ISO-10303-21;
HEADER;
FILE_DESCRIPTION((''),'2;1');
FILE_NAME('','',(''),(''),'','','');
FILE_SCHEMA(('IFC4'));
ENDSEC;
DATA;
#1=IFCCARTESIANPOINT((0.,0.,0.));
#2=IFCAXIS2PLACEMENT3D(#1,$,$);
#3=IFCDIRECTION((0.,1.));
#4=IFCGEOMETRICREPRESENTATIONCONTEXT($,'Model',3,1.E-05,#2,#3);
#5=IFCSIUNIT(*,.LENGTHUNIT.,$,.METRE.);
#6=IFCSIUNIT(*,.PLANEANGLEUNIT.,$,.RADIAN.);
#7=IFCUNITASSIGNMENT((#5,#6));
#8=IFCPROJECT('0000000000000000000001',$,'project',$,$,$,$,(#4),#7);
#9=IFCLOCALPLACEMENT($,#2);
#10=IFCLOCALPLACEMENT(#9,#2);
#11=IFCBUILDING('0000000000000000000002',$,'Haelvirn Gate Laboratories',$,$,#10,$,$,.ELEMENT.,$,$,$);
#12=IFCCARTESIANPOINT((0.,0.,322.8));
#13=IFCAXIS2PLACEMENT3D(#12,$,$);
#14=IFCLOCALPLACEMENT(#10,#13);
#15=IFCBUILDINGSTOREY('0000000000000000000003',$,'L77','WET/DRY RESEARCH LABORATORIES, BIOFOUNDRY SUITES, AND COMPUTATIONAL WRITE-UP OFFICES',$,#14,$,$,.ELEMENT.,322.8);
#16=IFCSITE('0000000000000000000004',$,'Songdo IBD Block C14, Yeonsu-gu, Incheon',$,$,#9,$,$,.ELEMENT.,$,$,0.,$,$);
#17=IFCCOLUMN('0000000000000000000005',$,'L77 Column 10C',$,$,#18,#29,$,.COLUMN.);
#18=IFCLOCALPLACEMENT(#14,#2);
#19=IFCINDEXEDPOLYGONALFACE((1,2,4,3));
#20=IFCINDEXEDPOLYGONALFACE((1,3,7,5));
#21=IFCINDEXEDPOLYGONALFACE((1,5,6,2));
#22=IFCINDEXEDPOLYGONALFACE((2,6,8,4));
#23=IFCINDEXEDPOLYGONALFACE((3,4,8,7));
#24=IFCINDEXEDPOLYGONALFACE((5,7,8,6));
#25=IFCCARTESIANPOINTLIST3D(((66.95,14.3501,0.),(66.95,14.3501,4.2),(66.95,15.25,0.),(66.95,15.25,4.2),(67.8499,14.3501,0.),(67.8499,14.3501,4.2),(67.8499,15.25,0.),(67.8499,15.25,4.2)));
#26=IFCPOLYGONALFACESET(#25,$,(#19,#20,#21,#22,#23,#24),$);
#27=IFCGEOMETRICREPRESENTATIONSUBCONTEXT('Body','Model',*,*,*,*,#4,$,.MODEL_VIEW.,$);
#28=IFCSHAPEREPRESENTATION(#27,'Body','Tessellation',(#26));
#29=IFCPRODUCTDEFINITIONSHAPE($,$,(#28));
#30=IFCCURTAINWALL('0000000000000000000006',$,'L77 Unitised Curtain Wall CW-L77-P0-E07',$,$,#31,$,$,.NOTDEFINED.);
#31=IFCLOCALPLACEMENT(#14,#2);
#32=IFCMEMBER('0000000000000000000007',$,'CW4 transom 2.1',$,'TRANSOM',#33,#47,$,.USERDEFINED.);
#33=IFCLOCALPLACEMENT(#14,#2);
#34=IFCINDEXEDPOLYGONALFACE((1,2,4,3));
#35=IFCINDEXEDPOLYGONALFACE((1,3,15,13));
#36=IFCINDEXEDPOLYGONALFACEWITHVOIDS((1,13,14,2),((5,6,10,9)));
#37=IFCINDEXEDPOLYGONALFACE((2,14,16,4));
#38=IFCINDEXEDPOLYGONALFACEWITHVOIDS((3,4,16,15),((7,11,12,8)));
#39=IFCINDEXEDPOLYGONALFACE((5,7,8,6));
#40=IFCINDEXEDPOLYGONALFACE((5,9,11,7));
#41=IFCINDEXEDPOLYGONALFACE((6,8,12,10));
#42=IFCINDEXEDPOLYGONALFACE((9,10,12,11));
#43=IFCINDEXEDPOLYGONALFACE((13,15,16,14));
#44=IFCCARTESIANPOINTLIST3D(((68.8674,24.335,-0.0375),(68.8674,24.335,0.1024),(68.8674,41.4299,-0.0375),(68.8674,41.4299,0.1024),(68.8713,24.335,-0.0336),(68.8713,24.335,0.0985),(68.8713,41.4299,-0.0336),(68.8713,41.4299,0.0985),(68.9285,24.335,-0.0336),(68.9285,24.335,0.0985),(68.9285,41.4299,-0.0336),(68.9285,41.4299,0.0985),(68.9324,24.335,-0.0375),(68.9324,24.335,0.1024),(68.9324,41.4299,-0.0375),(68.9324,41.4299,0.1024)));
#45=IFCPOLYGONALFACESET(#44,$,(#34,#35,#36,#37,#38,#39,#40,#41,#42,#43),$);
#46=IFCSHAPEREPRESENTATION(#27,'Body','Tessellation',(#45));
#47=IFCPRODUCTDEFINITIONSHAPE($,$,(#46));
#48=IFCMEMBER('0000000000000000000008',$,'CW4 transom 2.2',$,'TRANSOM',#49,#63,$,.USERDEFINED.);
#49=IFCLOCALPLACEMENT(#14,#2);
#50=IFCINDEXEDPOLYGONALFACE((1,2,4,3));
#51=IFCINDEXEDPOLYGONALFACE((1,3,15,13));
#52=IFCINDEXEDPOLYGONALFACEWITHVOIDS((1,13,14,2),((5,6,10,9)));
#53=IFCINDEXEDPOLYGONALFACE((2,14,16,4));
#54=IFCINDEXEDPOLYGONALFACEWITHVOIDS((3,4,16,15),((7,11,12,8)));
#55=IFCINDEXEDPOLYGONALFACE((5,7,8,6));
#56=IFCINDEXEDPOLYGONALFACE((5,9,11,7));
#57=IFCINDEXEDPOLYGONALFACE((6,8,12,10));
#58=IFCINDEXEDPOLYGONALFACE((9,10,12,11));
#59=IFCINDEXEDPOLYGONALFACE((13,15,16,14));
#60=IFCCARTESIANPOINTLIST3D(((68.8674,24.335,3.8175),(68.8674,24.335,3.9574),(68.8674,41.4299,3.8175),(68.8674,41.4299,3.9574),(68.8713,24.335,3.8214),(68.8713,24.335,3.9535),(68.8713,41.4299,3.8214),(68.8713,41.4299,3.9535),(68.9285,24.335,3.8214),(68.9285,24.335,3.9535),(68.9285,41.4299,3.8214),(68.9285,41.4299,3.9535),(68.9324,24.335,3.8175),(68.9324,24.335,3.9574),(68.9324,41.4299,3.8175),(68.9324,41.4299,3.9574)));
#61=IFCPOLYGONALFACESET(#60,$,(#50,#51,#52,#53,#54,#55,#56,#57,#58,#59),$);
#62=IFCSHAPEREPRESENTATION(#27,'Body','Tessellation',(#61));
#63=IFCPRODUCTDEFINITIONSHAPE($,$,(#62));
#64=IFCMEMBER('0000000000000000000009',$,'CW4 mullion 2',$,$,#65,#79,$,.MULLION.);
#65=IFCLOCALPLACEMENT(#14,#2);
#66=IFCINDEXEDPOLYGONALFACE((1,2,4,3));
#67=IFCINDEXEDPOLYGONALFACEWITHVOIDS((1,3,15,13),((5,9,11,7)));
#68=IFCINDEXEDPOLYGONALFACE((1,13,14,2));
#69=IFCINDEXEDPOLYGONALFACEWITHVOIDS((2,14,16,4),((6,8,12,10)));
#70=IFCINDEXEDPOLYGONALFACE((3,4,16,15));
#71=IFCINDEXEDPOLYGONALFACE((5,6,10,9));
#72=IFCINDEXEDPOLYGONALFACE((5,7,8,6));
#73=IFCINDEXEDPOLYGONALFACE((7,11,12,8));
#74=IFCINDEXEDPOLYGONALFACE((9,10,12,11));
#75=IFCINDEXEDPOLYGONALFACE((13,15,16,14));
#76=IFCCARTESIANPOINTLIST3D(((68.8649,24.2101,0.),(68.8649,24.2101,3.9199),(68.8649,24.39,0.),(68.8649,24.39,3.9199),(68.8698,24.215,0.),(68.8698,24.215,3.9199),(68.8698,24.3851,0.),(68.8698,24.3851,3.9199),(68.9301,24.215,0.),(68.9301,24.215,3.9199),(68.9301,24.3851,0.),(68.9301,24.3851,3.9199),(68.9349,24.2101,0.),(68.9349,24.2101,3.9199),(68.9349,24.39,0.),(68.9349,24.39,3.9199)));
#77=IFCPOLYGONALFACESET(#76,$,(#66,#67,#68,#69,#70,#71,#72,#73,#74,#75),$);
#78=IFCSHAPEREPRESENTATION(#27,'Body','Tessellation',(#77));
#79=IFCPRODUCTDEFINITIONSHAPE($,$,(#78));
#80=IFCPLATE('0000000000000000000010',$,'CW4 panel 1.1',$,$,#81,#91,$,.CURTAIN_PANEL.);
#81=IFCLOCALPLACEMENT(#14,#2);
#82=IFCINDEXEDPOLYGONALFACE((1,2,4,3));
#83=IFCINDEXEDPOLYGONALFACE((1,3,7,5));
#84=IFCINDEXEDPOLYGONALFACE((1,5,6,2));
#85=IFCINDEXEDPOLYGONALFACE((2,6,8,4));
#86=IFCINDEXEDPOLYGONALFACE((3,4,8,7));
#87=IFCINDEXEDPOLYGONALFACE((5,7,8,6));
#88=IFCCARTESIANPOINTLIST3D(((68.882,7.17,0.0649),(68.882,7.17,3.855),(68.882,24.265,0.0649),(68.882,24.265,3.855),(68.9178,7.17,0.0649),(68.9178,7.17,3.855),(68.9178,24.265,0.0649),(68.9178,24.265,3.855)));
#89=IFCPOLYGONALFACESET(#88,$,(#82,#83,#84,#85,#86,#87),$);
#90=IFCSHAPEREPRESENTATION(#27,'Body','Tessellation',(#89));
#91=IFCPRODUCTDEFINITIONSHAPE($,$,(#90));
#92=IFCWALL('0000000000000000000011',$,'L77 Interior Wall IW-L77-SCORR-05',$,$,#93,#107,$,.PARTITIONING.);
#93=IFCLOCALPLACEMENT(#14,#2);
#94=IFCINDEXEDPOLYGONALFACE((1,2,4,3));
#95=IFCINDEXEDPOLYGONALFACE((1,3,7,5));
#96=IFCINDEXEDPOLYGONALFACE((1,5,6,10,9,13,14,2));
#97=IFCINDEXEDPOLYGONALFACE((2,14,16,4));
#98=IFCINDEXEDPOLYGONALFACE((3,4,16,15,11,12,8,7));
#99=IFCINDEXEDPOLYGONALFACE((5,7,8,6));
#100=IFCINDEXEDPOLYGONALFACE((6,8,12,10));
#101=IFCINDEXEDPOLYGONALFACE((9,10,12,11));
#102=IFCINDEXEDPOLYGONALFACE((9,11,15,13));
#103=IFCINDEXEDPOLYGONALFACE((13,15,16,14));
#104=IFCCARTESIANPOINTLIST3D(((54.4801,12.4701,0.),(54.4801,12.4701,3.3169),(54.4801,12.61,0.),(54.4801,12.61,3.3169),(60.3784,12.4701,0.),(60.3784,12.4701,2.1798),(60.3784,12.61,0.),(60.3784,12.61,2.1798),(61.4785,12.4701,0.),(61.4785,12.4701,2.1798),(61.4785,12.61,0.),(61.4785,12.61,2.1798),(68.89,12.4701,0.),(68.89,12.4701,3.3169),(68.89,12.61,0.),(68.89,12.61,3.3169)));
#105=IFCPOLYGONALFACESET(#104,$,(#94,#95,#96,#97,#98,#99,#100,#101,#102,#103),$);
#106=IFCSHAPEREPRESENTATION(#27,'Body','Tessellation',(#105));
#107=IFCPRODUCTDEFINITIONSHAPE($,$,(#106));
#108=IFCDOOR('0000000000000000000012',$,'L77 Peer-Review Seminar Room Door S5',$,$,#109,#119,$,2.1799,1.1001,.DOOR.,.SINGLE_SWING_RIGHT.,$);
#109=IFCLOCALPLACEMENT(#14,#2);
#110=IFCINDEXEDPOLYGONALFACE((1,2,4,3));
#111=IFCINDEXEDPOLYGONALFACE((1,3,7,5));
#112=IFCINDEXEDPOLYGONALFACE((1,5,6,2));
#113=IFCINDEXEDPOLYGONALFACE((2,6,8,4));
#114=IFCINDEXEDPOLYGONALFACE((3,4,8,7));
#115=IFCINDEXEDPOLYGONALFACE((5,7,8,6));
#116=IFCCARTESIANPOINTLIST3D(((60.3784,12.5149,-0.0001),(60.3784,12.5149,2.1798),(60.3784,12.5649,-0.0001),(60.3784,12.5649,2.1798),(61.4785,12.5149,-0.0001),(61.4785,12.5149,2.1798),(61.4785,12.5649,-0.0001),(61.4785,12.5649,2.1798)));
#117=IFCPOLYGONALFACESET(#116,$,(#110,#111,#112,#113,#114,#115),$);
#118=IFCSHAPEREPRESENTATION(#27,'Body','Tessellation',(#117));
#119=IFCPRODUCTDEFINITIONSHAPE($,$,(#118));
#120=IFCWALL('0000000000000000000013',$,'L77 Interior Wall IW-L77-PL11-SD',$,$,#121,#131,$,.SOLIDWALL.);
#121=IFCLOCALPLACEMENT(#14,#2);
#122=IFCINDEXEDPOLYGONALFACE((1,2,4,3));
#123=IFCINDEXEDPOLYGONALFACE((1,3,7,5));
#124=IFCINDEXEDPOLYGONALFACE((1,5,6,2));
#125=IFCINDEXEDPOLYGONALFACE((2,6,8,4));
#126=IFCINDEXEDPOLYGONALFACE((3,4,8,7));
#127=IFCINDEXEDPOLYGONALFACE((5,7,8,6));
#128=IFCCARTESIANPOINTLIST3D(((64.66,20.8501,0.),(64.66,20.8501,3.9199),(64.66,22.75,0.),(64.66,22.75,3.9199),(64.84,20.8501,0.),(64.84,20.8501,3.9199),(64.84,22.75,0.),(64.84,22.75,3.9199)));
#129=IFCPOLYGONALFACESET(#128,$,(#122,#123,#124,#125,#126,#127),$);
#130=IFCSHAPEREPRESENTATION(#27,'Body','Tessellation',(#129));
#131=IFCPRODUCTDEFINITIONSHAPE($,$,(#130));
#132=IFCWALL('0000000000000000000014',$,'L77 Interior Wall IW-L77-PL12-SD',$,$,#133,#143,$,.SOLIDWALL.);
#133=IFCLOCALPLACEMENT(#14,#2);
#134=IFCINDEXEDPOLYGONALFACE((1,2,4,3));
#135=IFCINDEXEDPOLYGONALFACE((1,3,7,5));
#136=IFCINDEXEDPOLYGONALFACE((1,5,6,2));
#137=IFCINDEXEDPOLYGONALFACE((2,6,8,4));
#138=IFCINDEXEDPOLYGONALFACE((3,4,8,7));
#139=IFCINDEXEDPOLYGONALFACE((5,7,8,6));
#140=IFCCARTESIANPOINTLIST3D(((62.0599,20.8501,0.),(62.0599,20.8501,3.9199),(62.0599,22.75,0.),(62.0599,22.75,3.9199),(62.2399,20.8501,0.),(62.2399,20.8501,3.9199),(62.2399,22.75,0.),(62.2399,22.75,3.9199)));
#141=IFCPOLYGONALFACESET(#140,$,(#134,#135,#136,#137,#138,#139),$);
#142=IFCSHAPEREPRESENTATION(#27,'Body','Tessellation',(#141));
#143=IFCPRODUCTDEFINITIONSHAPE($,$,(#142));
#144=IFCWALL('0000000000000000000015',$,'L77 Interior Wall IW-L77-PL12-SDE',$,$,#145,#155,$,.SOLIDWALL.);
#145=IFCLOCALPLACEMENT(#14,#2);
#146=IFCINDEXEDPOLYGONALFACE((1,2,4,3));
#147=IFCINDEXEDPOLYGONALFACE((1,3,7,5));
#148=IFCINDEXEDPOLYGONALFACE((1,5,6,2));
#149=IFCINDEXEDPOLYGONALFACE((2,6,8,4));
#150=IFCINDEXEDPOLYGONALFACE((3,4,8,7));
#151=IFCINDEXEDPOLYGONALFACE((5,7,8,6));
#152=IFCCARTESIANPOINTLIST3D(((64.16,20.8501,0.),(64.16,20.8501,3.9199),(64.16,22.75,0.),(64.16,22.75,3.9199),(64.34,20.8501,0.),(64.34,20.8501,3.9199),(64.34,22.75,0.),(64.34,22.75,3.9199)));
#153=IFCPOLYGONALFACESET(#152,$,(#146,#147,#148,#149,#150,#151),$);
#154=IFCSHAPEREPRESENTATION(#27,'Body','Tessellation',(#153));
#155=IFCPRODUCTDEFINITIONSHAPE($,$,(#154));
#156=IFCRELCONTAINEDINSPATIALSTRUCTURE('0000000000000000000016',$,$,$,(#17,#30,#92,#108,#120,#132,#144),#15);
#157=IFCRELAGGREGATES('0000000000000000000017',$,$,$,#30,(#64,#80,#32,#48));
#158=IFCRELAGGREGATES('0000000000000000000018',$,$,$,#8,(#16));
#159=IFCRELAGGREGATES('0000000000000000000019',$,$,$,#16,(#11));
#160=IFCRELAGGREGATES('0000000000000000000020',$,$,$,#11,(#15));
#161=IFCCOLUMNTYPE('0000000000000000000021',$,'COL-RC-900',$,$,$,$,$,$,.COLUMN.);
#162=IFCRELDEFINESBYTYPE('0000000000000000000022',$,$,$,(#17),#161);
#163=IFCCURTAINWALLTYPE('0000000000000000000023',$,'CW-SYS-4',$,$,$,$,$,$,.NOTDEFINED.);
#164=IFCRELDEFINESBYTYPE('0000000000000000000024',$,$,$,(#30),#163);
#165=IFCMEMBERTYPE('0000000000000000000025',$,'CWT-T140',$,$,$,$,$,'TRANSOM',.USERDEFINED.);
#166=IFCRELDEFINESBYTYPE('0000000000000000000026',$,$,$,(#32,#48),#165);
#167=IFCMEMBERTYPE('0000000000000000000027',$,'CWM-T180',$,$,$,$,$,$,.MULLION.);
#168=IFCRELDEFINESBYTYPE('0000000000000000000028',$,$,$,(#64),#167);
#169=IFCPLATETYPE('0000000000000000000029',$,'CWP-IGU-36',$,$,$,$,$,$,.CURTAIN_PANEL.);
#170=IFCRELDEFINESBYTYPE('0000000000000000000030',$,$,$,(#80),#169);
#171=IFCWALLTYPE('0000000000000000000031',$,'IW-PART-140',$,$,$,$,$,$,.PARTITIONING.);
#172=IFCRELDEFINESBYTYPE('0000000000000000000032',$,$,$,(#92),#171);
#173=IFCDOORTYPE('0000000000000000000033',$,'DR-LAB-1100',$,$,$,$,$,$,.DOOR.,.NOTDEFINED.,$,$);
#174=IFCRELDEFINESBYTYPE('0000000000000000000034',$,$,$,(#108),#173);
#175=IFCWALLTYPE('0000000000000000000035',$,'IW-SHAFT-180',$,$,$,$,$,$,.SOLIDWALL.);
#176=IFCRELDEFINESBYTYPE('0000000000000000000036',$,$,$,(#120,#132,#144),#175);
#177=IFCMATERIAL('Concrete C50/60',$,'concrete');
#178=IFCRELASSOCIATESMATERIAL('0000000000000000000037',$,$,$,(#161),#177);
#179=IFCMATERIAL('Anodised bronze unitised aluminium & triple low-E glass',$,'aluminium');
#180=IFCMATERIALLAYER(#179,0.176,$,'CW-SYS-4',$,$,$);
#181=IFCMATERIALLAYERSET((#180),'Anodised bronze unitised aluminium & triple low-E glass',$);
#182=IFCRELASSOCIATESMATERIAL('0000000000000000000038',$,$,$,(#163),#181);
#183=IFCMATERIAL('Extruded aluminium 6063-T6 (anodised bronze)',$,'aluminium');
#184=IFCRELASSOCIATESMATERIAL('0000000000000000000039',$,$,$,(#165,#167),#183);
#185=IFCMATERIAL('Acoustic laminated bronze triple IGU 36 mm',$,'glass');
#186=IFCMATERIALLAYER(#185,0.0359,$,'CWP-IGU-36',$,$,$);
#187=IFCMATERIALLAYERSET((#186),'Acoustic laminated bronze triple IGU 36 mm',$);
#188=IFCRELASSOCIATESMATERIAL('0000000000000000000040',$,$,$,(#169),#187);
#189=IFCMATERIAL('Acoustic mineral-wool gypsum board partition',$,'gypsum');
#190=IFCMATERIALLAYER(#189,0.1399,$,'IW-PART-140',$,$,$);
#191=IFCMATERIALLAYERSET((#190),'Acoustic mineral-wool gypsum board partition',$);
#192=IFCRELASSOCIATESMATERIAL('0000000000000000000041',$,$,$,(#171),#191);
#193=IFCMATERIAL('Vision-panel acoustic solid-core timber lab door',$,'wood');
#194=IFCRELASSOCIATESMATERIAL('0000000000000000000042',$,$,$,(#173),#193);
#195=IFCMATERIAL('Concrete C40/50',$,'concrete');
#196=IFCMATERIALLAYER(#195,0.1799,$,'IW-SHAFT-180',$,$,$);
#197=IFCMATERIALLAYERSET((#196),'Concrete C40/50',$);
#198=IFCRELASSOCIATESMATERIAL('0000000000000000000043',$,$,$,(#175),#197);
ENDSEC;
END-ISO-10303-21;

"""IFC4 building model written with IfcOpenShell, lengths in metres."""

from ifc_helpers import new_model, si_unit, direction, frame, frame_2d, origin, origin_2d, place, context, subcontext, project, spatial, rectangle, hollow_rectangle, extrude, source, transform, mapped, material, layer, layer_set, material_profile, profile_set, type_object, type_shapes, element, fill, aggregate, save


model = new_model("IFC4")

# Units and contexts
model_context = context("Model", 3, precision=1e-05, world=origin(), true_north=direction((0.0, 1.0)))
body_context = subcontext(model_context, "Body", "Model", "MODEL_VIEW")
ifc_project = project(units=[si_unit("LENGTHUNIT", "METRE"), si_unit("PLANEANGLEUNIT", "RADIAN")], contexts=[model_context])

# Site, building, storey
site_placement = place(None, origin())
site = spatial("IfcSite", under=ifc_project, at=site_placement, Name="Songdo IBD Block C14, Yeonsu-gu, Incheon", CompositionType="ELEMENT", RefElevation=0.0)
building_placement = place(site_placement, origin())
building = spatial("IfcBuilding", under=site, at=building_placement, Name="Haelvirn Gate Laboratories", CompositionType="ELEMENT")
storey_placement = place(building_placement, frame((0.0, 0.0, 322.8)))
storey = spatial("IfcBuildingStorey", under=building, at=storey_placement, Name="L77", Description="WET/DRY RESEARCH LABORATORIES, BIOFOUNDRY SUITES, AND COMPUTATIONAL WRITE-UP OFFICES", CompositionType="ELEMENT", Elevation=322.8)

# Column
ifc_material_1 = material(Name="Concrete C50/60", Category="concrete")
ifc_material_profile_1 = material_profile(ifc_material_1, rectangle(XDim=0.8999, YDim=0.8999, at=origin_2d()), Name="RC-900x900")
ifc_profile_set_1 = profile_set([ifc_material_profile_1], Name="Concrete C50/60")
column_type = type_object("IfcColumnType", Name="COL-RC-900", PredefinedType="COLUMN", material=ifc_profile_set_1)
shared_shape_1 = source(origin(), body_context, "Body", "SweptSolid", [
    extrude(rectangle(XDim=0.8999, YDim=0.8999, at=origin_2d()), origin(), (0.0, 0.0, 1.0), 4.2),
])
type_shapes(column_type, [shared_shape_1])
column_placement = place(storey_placement, frame((67.3999, 14.8, 0.0), z_axis=(0.0, 0.0, 1.0), x_axis=(1.0, 0.0, 0.0)))
element("IfcColumn", 1, at=column_placement, inside=storey, type_object=column_type, Name="L77 Column 10C", PredefinedType="COLUMN", context=body_context, shape_type="MappedRepresentation", body=[
    mapped(shared_shape_1, transform((0.0, 0.0, 0.0), scale=1.0)),
])

# Curtain wall, members, plate
ifc_material_2 = material(Name="Anodised bronze unitised aluminium & triple low-E glass", Category="aluminium")
ifc_layer_1 = layer(ifc_material_2, 0.176, Name="CW-SYS-4")
ifc_layer_set_1 = layer_set([ifc_layer_1], Name="Anodised bronze unitised aluminium & triple low-E glass")
curtain_wall_type = type_object("IfcCurtainWallType", Name="CW-SYS-4", PredefinedType="NOTDEFINED", material=ifc_layer_set_1)
curtain_wall_placement = place(storey_placement, origin())
curtain_wall = element("IfcCurtainWall", 2, at=curtain_wall_placement, inside=storey, type_object=curtain_wall_type, Name="L77 Unitised Curtain Wall CW-L77-P0-E07", PredefinedType="NOTDEFINED")
ifc_material_3 = material(Name="Extruded aluminium 6063-T6 (anodised bronze)", Category="aluminium")
ifc_material_profile_2 = material_profile(ifc_material_3, hollow_rectangle(XDim=0.0649, YDim=0.1399, WallThickness=0.0039, at=origin_2d()), Name="CWT-140x65x4")
ifc_profile_set_2 = profile_set([ifc_material_profile_2], Name="Extruded aluminium 6063-T6 (anodised bronze)")
member_type_1 = type_object("IfcMemberType", Name="CWT-T140", ElementType="TRANSOM", PredefinedType="USERDEFINED", material=ifc_profile_set_2)
shared_shape_2 = source(origin(), body_context, "Body", "SweptSolid", [
    extrude(hollow_rectangle(XDim=0.0649, YDim=0.1399, WallThickness=0.0039, at=origin_2d()), origin(), (0.0, 0.0, 1.0), 17.095),
])
type_shapes(member_type_1, [shared_shape_2])
member_1_placement = place(storey_placement, frame((68.8999, 24.335, 0.0325), z_axis=(0.0, 1.0, 0.0), x_axis=(-1.0, 0.0, 0.0)))
member_1 = element("IfcMember", 3, at=member_1_placement, type_object=member_type_1, Name="CW4 transom 2.1", ObjectType="TRANSOM", PredefinedType="USERDEFINED", context=body_context, shape_type="MappedRepresentation", body=[
    mapped(shared_shape_2, transform((0.0, 0.0, 0.0), scale=1.0)),
])
member_2_placement = place(storey_placement, frame((68.8999, 24.335, 3.8875), z_axis=(0.0, 1.0, 0.0), x_axis=(-1.0, 0.0, 0.0)))
member_2 = element("IfcMember", 4, at=member_2_placement, type_object=member_type_1, Name="CW4 transom 2.2", ObjectType="TRANSOM", PredefinedType="USERDEFINED", context=body_context, shape_type="MappedRepresentation", body=[
    mapped(shared_shape_2, transform((0.0, 0.0, 0.0), scale=1.0)),
])
ifc_material_profile_3 = material_profile(ifc_material_3, hollow_rectangle(XDim=0.0701, YDim=0.1799, WallThickness=0.0049, at=origin_2d()), Name="CWM-180x70x5")
ifc_profile_set_3 = profile_set([ifc_material_profile_3], Name="Extruded aluminium 6063-T6 (anodised bronze)")
member_type_2 = type_object("IfcMemberType", Name="CWM-T180", PredefinedType="MULLION", material=ifc_profile_set_3)
shared_shape_3 = source(origin(), body_context, "Body", "SweptSolid", [
    extrude(hollow_rectangle(XDim=0.0701, YDim=0.1799, WallThickness=0.0049, at=origin_2d()), origin(), (0.0, 0.0, 1.0), 3.9199),
])
type_shapes(member_type_2, [shared_shape_3])
member_3_placement = place(storey_placement, frame((68.8999, 24.3, 0.0), z_axis=(0.0, 0.0, 1.0), x_axis=(-1.0, 0.0, 0.0)))
member_3 = element("IfcMember", 5, at=member_3_placement, type_object=member_type_2, Name="CW4 mullion 2", PredefinedType="MULLION", context=body_context, shape_type="MappedRepresentation", body=[
    mapped(shared_shape_3, transform((0.0, 0.0, 0.0), scale=1.0)),
])
ifc_material_4 = material(Name="Acoustic laminated bronze triple IGU 36 mm", Category="glass")
ifc_layer_2 = layer(ifc_material_4, 0.0359, Name="CWP-IGU-36")
ifc_layer_set_2 = layer_set([ifc_layer_2], Name="Acoustic laminated bronze triple IGU 36 mm")
plate_type = type_object("IfcPlateType", Name="CWP-IGU-36", PredefinedType="CURTAIN_PANEL", material=ifc_layer_set_2)
shared_shape_4 = source(origin(), body_context, "Body", "SweptSolid", [
    extrude(rectangle(XDim=17.095, YDim=0.0359, at=origin_2d()), origin(), (0.0, 0.0, 1.0), 3.79),
])
type_shapes(plate_type, [shared_shape_4])
plate_placement = place(storey_placement, frame((68.8999, 15.7175, 0.0649), z_axis=(0.0, 0.0, 1.0), x_axis=(0.0, 1.0, 0.0)))
plate = element("IfcPlate", 6, at=plate_placement, type_object=plate_type, Name="CW4 panel 1.1", PredefinedType="CURTAIN_PANEL", context=body_context, shape_type="MappedRepresentation", body=[
    mapped(shared_shape_4, transform((0.0, 0.0, 0.0), scale=1.0)),
])
aggregate(curtain_wall, [member_3, plate, member_1, member_2])

# Wall, opening, door
ifc_material_5 = material(Name="Acoustic mineral-wool gypsum board partition", Category="gypsum")
ifc_layer_3 = layer(ifc_material_5, 0.1399, Name="IW-PART-140")
ifc_layer_set_3 = layer_set([ifc_layer_3], Name="Acoustic mineral-wool gypsum board partition")
wall_type_1 = type_object("IfcWallType", Name="IW-PART-140", PredefinedType="PARTITIONING", material=ifc_layer_set_3)
wall_1_placement = place(storey_placement, frame((54.48, 12.54, 0.0), z_axis=(0.0, 0.0, 1.0), x_axis=(1.0, 0.0, 0.0)))
wall_1 = element("IfcWall", 7, at=wall_1_placement, inside=storey, type_object=wall_type_1, Name="L77 Interior Wall IW-L77-SCORR-05", PredefinedType="PARTITIONING", context=body_context, shape_type="SweptSolid", body=[
    extrude(rectangle(XDim=14.4099, YDim=0.1399, at=frame_2d((7.2051, 0.0))), origin(), (0.0, 0.0, 1.0), 3.3169),
])
opening_1_placement = place(wall_1_placement, frame((5.8984, 0.0, 0.0)))
opening_1 = element("IfcOpeningElement", 8, at=opening_1_placement, cuts=wall_1, PredefinedType="OPENING", context=body_context, shape_type="SweptSolid", body=[
    extrude(rectangle(XDim=1.1001, YDim=2.1799, at=frame_2d((0.55, 1.0898))), frame((0.0, 0.0801, 0.0), z_axis=(0.0, -1.0, 0.0), x_axis=(1.0, 0.0, 0.0)), (0.0, 0.0, 1.0), 0.1599),
])
ifc_material_6 = material(Name="Vision-panel acoustic solid-core timber lab door", Category="wood")
door_type_1 = type_object("IfcDoorType", Name="DR-LAB-1100", OperationType="NOTDEFINED", PredefinedType="DOOR", material=ifc_material_6)
shared_shape_5 = source(origin(), body_context, "Body", "SweptSolid", [
    extrude(rectangle(XDim=1.1001, YDim=2.1799, at=frame_2d((0.55, 1.0898))), frame((0.0, 0.0249, 0.0), z_axis=(0.0, -1.0, 0.0), x_axis=(1.0, 0.0, 0.0)), (0.0, 0.0, 1.0), 0.05),
])
type_shapes(door_type_1, [shared_shape_5])
door_1_placement = place(opening_1_placement, origin())
door_1 = element("IfcDoor", 9, at=door_1_placement, inside=storey, type_object=door_type_1, Name="L77 Peer-Review Seminar Room Door S5", OperationType="SINGLE_SWING_RIGHT", OverallHeight=2.1799, OverallWidth=1.1001, PredefinedType="DOOR", context=body_context, shape_type="MappedRepresentation", body=[
    mapped(shared_shape_5, transform((0.0, 0.0, 0.0), scale=1.0)),
])
fill(opening_1, door_1)

# Walls
ifc_material_7 = material(Name="Concrete C40/50", Category="concrete")
ifc_layer_4 = layer(ifc_material_7, 0.1799, Name="IW-SHAFT-180")
ifc_layer_set_4 = layer_set([ifc_layer_4], Name="Concrete C40/50")
wall_type_2 = type_object("IfcWallType", Name="IW-SHAFT-180", PredefinedType="SOLIDWALL", material=ifc_layer_set_4)
for number, where, z_axis, x_axis, name in (
    (10, (64.75, 20.8501, 0.0), (0.0, 0.0, 1.0), (0.0, 1.0, 0.0), "L77 Interior Wall IW-L77-PL11-SD"),
    (11, (62.1499, 20.8501, 0.0), (0.0, 0.0, 1.0), (0.0, 1.0, 0.0), "L77 Interior Wall IW-L77-PL12-SD"),
    (12, (64.25, 20.8501, 0.0), (0.0, 0.0, 1.0), (0.0, 1.0, 0.0), "L77 Interior Wall IW-L77-PL12-SDE"),
):
    element("IfcWall", number, at=place(storey_placement, frame(where, z_axis=z_axis, x_axis=x_axis)), inside=storey, type_object=wall_type_2, Name=name, PredefinedType="SOLIDWALL", context=body_context, shape_type="SweptSolid", body=[
        extrude(rectangle(XDim=1.8999, YDim=0.1799, at=frame_2d((0.95, 0.0))), origin(), (0.0, 0.0, 1.0), 3.9199),
    ])

save(model, "model.ifc")
